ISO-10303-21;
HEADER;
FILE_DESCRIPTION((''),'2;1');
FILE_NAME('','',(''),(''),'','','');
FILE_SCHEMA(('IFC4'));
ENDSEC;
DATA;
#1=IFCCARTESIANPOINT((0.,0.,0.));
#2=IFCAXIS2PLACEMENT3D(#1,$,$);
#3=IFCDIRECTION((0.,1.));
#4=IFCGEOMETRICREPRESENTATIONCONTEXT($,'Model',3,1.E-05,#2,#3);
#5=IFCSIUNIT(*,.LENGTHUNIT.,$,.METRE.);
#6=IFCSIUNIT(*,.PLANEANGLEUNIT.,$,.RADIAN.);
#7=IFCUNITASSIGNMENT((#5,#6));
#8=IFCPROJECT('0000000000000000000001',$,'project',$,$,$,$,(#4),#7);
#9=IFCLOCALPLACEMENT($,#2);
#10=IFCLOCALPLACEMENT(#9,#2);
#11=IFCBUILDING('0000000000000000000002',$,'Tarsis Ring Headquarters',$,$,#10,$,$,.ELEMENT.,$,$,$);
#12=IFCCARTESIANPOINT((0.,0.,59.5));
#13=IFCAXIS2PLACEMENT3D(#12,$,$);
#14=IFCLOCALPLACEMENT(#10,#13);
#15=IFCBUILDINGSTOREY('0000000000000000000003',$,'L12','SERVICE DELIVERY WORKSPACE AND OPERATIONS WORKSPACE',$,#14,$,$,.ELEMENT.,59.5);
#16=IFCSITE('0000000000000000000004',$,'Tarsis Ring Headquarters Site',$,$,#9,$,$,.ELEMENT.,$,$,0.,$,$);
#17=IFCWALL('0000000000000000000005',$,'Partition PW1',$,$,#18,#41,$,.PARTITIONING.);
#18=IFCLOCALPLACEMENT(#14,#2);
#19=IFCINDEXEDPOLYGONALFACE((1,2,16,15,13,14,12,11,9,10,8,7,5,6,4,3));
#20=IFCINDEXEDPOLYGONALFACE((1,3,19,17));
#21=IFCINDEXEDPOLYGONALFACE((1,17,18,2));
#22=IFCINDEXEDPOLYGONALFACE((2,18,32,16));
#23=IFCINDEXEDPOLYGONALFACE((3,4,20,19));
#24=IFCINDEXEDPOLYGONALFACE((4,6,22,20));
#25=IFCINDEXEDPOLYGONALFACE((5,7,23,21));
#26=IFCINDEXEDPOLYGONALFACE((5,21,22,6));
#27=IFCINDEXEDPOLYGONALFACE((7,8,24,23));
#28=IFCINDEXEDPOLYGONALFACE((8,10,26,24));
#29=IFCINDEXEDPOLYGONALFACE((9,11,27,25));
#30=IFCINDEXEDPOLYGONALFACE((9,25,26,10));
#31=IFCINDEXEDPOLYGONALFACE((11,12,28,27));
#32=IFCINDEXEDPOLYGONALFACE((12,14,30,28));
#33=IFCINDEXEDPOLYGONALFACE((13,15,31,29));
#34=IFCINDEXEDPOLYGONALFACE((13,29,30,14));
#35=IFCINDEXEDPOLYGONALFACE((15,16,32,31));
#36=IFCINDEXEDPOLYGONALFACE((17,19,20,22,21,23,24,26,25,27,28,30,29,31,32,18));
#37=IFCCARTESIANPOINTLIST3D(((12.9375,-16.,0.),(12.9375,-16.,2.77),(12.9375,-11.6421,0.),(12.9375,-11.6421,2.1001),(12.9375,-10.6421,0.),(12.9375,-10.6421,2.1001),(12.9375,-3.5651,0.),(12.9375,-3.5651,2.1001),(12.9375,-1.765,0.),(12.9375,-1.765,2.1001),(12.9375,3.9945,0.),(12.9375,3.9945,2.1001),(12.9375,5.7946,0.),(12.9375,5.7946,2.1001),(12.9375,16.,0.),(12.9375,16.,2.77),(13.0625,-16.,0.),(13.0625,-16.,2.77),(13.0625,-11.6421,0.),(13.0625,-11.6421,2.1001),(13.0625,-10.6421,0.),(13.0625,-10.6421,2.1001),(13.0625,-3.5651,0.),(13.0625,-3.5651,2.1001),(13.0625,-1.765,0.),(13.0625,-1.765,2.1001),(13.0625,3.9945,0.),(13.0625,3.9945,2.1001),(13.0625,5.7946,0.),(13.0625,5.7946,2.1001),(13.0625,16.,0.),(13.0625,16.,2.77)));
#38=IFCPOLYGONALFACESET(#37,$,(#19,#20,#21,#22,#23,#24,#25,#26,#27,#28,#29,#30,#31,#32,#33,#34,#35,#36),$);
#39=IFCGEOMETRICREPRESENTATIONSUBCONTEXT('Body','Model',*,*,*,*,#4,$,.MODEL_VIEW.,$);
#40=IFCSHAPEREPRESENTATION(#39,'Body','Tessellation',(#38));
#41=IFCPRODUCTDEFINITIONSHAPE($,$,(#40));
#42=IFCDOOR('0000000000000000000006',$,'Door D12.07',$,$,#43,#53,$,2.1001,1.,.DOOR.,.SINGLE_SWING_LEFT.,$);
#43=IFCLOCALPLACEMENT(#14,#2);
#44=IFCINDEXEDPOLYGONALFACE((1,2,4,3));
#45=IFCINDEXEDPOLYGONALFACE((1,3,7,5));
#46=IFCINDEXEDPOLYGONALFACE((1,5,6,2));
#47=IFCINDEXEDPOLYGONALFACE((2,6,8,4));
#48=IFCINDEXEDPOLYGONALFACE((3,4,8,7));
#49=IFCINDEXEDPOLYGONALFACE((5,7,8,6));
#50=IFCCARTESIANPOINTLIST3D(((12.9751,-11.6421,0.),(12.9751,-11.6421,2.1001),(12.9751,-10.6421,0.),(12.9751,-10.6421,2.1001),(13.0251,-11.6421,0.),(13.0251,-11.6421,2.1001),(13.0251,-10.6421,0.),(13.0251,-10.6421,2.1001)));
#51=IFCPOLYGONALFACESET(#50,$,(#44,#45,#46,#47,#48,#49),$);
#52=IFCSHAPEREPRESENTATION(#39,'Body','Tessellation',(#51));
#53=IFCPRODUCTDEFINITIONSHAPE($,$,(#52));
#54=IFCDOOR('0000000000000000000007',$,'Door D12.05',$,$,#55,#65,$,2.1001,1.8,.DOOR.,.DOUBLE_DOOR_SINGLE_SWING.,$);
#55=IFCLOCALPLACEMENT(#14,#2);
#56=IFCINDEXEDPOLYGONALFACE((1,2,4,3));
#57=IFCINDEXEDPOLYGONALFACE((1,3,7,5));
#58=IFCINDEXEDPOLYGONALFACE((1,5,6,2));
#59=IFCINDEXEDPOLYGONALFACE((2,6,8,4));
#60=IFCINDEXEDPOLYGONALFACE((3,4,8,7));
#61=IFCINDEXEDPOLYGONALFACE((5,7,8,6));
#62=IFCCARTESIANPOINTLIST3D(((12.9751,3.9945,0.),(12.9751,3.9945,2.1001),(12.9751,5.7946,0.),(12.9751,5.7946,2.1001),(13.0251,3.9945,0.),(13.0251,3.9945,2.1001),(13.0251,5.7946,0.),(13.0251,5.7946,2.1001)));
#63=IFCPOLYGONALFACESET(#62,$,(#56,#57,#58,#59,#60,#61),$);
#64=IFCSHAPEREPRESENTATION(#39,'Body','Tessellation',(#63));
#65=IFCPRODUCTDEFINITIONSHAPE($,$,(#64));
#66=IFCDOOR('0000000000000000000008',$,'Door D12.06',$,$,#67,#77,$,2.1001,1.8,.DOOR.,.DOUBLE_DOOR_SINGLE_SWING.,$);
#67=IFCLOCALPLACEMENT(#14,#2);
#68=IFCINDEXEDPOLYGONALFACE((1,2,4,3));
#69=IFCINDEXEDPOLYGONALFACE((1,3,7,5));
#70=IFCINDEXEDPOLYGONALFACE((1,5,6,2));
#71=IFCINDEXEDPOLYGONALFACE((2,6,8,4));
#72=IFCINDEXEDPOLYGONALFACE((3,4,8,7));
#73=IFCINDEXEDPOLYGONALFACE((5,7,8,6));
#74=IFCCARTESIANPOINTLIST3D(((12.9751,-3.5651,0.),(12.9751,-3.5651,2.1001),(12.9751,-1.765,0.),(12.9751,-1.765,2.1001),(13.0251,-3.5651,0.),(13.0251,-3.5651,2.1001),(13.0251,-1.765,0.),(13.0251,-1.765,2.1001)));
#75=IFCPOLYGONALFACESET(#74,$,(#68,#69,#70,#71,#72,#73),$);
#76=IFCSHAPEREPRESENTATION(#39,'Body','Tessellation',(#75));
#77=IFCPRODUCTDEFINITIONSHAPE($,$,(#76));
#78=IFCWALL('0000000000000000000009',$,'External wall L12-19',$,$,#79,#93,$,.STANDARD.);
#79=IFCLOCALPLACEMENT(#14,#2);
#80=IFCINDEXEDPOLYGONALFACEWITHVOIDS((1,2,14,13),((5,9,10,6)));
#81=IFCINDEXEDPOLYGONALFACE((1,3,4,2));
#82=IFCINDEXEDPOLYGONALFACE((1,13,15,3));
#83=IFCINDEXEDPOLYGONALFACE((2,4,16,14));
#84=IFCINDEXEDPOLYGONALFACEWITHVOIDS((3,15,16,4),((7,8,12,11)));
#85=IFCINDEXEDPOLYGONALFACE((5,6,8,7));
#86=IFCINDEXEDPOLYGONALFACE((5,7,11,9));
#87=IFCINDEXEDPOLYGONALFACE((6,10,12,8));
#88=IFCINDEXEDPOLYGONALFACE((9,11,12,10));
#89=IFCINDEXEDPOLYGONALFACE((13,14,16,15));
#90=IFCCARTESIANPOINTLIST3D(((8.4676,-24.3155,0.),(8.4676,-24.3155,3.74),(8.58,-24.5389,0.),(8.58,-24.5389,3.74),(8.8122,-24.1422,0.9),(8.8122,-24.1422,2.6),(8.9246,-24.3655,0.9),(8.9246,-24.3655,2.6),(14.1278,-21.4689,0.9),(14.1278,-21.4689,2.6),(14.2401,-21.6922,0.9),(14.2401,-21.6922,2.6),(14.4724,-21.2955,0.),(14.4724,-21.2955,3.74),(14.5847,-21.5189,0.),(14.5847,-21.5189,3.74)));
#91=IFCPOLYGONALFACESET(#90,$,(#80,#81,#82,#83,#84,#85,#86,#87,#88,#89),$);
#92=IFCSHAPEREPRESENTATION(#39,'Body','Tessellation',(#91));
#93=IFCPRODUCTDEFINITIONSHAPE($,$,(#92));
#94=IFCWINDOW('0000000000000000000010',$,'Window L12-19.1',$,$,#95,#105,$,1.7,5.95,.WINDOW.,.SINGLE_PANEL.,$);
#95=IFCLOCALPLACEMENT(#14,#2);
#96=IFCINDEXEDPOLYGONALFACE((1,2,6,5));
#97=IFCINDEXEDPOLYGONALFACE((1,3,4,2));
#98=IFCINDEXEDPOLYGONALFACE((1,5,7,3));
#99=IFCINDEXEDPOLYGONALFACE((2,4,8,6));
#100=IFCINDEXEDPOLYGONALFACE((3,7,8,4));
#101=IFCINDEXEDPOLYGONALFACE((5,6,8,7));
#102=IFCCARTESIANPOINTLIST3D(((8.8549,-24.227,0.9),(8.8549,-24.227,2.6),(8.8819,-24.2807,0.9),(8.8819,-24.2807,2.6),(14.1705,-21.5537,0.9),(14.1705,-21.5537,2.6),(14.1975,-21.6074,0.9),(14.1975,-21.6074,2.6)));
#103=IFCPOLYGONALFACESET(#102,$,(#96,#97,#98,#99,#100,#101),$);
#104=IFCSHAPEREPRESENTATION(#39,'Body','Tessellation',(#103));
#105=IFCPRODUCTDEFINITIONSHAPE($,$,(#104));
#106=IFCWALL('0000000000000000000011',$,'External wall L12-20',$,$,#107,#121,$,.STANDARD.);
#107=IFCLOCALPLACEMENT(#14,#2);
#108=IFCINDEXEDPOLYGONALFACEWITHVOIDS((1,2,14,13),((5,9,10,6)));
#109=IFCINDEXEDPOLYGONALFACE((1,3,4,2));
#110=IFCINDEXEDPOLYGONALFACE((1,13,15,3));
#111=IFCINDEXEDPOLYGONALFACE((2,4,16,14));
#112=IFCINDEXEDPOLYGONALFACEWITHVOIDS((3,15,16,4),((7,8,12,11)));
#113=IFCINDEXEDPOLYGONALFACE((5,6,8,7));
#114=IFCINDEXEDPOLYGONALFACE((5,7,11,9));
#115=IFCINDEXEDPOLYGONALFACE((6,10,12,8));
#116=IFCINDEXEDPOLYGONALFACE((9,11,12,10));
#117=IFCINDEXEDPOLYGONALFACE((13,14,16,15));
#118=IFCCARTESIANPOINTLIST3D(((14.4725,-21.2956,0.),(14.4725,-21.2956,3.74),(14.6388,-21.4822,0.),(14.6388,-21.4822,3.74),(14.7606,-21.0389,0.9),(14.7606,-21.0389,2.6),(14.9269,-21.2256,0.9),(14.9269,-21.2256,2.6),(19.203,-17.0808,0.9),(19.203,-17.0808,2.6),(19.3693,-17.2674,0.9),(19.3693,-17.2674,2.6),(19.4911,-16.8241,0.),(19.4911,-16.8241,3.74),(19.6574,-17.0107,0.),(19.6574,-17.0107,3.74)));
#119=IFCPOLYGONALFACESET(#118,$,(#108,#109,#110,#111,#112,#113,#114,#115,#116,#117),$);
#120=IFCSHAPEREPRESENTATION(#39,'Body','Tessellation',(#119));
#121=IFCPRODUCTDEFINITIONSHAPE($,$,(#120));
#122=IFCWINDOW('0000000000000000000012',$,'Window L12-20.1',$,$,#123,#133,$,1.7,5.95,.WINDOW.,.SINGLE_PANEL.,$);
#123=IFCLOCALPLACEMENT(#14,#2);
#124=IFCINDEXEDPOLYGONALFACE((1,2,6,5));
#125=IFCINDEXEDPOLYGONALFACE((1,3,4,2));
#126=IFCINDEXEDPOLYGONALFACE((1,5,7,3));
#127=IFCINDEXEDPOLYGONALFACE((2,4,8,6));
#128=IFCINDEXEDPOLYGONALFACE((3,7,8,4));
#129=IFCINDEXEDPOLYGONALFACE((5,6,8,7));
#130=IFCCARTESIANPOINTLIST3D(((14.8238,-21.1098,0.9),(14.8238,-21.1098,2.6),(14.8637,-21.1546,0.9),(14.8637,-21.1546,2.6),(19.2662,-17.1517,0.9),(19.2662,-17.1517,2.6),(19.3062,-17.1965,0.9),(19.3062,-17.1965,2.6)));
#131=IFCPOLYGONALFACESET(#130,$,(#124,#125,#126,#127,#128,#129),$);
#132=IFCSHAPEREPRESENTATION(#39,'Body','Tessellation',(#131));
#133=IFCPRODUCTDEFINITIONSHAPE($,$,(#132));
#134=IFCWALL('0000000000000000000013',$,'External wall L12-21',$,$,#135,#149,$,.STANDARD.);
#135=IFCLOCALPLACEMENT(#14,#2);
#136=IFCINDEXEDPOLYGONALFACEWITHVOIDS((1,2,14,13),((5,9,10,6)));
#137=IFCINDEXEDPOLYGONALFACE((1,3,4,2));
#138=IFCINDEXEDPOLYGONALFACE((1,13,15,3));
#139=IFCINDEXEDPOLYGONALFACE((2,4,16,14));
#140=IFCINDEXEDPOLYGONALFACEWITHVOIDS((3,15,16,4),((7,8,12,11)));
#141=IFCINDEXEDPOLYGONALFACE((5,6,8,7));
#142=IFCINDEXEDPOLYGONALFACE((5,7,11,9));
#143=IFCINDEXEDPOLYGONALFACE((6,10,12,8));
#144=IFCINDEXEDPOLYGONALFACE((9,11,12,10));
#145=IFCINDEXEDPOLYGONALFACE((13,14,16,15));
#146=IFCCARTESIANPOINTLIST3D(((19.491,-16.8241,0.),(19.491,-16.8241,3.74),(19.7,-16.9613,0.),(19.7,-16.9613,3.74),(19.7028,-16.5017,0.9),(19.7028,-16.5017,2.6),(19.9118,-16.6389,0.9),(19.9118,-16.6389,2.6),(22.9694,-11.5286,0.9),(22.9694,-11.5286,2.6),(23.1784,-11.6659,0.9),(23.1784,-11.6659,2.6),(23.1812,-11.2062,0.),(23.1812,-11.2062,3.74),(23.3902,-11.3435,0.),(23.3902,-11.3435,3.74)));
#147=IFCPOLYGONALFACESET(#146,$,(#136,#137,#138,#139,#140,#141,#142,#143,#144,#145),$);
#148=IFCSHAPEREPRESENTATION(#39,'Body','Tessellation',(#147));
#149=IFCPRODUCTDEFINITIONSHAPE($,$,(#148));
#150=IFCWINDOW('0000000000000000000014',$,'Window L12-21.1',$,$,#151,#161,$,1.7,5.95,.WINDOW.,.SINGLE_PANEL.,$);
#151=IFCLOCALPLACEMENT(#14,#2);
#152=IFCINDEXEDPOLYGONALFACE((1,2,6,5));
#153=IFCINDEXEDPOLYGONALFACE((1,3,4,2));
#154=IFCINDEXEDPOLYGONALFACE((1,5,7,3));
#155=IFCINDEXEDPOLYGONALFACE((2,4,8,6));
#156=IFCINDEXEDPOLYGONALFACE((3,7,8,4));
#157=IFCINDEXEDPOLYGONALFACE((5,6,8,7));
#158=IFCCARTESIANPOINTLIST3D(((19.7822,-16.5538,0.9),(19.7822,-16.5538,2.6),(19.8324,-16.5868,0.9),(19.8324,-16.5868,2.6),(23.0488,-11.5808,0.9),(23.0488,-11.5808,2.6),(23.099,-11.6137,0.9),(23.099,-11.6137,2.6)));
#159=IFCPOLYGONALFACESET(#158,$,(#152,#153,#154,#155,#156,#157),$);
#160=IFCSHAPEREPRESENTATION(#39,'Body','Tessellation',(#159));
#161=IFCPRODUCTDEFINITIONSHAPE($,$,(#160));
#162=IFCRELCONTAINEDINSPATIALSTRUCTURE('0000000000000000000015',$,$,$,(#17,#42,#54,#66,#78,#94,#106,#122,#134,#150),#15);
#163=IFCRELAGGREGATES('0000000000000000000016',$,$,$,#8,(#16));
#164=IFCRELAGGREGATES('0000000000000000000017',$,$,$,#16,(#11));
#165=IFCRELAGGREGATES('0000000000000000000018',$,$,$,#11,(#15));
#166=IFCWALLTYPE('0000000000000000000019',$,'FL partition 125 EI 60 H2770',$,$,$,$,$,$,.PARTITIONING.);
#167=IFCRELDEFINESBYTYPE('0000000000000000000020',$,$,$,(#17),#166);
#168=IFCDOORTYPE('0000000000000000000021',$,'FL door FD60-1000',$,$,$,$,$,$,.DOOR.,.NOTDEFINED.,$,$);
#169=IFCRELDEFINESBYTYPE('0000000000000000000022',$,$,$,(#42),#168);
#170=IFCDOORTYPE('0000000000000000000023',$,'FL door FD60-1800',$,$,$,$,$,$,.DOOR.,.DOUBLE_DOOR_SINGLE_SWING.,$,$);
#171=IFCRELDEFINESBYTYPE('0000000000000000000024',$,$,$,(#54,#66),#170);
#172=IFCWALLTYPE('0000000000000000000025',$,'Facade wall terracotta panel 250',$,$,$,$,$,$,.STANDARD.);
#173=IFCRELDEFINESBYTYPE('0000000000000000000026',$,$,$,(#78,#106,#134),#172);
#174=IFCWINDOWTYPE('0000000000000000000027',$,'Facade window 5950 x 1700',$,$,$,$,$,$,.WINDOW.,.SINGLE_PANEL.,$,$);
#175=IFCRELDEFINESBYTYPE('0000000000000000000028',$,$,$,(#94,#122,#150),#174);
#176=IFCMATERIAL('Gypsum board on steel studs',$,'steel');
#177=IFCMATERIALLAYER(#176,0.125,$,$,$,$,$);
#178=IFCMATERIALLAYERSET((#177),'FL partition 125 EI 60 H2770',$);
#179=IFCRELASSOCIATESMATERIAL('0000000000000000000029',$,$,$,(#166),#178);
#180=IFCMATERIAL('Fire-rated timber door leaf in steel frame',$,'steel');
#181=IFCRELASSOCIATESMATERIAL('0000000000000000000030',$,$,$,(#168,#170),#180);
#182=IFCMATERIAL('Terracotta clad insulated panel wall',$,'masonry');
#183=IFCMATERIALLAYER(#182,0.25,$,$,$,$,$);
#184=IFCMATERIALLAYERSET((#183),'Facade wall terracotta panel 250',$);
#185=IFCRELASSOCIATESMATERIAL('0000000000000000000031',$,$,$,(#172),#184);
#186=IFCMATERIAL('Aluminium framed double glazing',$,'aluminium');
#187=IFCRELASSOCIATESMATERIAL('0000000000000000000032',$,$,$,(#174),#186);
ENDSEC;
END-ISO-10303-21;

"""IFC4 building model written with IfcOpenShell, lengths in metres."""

from ifc_helpers import new_model, si_unit, direction, frame, frame_2d, origin, place, context, subcontext, project, spatial, rectangle, extrude, material, layer, layer_set, type_object, element, fill, save


model = new_model("IFC4")

# Units and contexts
model_context = context("Model", 3, precision=1e-05, world=origin(), true_north=direction((0.0, 1.0)))
body_context = subcontext(model_context, "Body", "Model", "MODEL_VIEW")
ifc_project = project(units=[si_unit("LENGTHUNIT", "METRE"), si_unit("PLANEANGLEUNIT", "RADIAN")], contexts=[model_context])

# Site, building, storey
site_placement = place(None, origin())
site = spatial("IfcSite", under=ifc_project, at=site_placement, Name="Tarsis Ring Headquarters Site", CompositionType="ELEMENT", RefElevation=0.0)
building_placement = place(site_placement, origin())
building = spatial("IfcBuilding", under=site, at=building_placement, Name="Tarsis Ring Headquarters", CompositionType="ELEMENT")
storey_placement = place(building_placement, frame((0.0, 0.0, 59.5)))
storey = spatial("IfcBuildingStorey", under=building, at=storey_placement, Name="L12", Description="SERVICE DELIVERY WORKSPACE AND OPERATIONS WORKSPACE", CompositionType="ELEMENT", Elevation=59.5)

# Shared definitions
ifc_material_1 = material(Name="Gypsum board on steel studs", Category="steel")

# Wall, openings, doors
ifc_layer_1 = layer(ifc_material_1, 0.125)
ifc_layer_set_1 = layer_set([ifc_layer_1], Name="FL partition 125 EI 60 H2770")
wall_type_1 = type_object("IfcWallType", Name="FL partition 125 EI 60 H2770", PredefinedType="PARTITIONING", material=ifc_layer_set_1)
wall_1_placement = place(storey_placement, frame((13.0, -16.0, 0.0), z_axis=(0.0, 0.0, 1.0), x_axis=(0.0, 1.0, 0.0)))
wall_1 = element("IfcWall", 1, at=wall_1_placement, inside=storey, type_object=wall_type_1, Name="Partition PW1", PredefinedType="PARTITIONING", context=body_context, shape_type="SweptSolid", body=[
    extrude(rectangle(XDim=32.0, YDim=0.125, at=frame_2d((16.0, 0.0))), origin(), (0.0, 0.0, 1.0), 2.77),
])
opening_1_placement = place(wall_1_placement, frame((19.9946, 0.0, 0.0)))
opening_1 = element("IfcOpeningElement", 2, at=opening_1_placement, cuts=wall_1, PredefinedType="OPENING", context=body_context, shape_type="SweptSolid", body=[
    extrude(rectangle(XDim=1.8, YDim=2.1001, at=frame_2d((0.8999, 1.05))), frame((0.0, 0.0725, 0.0), z_axis=(0.0, -1.0, 0.0), x_axis=(1.0, 0.0, 0.0)), (0.0, 0.0, 1.0), 0.145),
])
opening_2_placement = place(wall_1_placement, frame((12.4351, 0.0, 0.0)))
opening_2 = element("IfcOpeningElement", 3, at=opening_2_placement, cuts=wall_1, PredefinedType="OPENING", context=body_context, shape_type="SweptSolid", body=[
    extrude(rectangle(XDim=1.8, YDim=2.1001, at=frame_2d((0.8999, 1.05))), frame((0.0, 0.0725, 0.0), z_axis=(0.0, -1.0, 0.0), x_axis=(1.0, 0.0, 0.0)), (0.0, 0.0, 1.0), 0.145),
])
opening_3_placement = place(wall_1_placement, frame((4.3579, 0.0, 0.0)))
opening_3 = element("IfcOpeningElement", 4, at=opening_3_placement, cuts=wall_1, PredefinedType="OPENING", context=body_context, shape_type="SweptSolid", body=[
    extrude(rectangle(XDim=1.0, YDim=2.1001, at=frame_2d((0.5, 1.05))), frame((0.0, 0.0725, 0.0), z_axis=(0.0, -1.0, 0.0), x_axis=(1.0, 0.0, 0.0)), (0.0, 0.0, 1.0), 0.145),
])
ifc_material_2 = material(Name="Fire-rated timber door leaf in steel frame", Category="steel")
door_type_1 = type_object("IfcDoorType", Name="FL door FD60-1000", OperationType="NOTDEFINED", PredefinedType="DOOR", material=ifc_material_2)
door_1_placement = place(opening_3_placement, origin())
door_1 = element("IfcDoor", 5, at=door_1_placement, inside=storey, type_object=door_type_1, Name="Door D12.07", OperationType="SINGLE_SWING_LEFT", OverallHeight=2.1001, OverallWidth=1.0, PredefinedType="DOOR", context=body_context, shape_type="SweptSolid", body=[
    extrude(rectangle(XDim=1.0, YDim=2.1001, at=frame_2d((0.5, 1.05))), frame((0.0, 0.0249, 0.0), z_axis=(0.0, -1.0, 0.0), x_axis=(1.0, 0.0, 0.0)), (0.0, 0.0, 1.0), 0.05),
])
fill(opening_3, door_1)
door_type_2 = type_object("IfcDoorType", Name="FL door FD60-1800", OperationType="DOUBLE_DOOR_SINGLE_SWING", PredefinedType="DOOR", material=ifc_material_2)
door_2_placement = place(opening_1_placement, origin())
door_2 = element("IfcDoor", 6, at=door_2_placement, inside=storey, type_object=door_type_2, Name="Door D12.05", OperationType="DOUBLE_DOOR_SINGLE_SWING", OverallHeight=2.1001, OverallWidth=1.8, PredefinedType="DOOR", context=body_context, shape_type="SweptSolid", body=[
    extrude(rectangle(XDim=1.8, YDim=2.1001, at=frame_2d((0.8999, 1.05))), frame((0.0, 0.0249, 0.0), z_axis=(0.0, -1.0, 0.0), x_axis=(1.0, 0.0, 0.0)), (0.0, 0.0, 1.0), 0.05),
])
fill(opening_1, door_2)
door_3_placement = place(opening_2_placement, origin())
door_3 = element("IfcDoor", 7, at=door_3_placement, inside=storey, type_object=door_type_2, Name="Door D12.06", OperationType="DOUBLE_DOOR_SINGLE_SWING", OverallHeight=2.1001, OverallWidth=1.8, PredefinedType="DOOR", context=body_context, shape_type="SweptSolid", body=[
    extrude(rectangle(XDim=1.8, YDim=2.1001, at=frame_2d((0.8999, 1.05))), frame((0.0, 0.0249, 0.0), z_axis=(0.0, -1.0, 0.0), x_axis=(1.0, 0.0, 0.0)), (0.0, 0.0, 1.0), 0.05),
])
fill(opening_2, door_3)

# Walls, openings, windows
ifc_material_3 = material(Name="Terracotta clad insulated panel wall", Category="masonry")
ifc_layer_2 = layer(ifc_material_3, 0.25)
ifc_layer_set_2 = layer_set([ifc_layer_2], Name="Facade wall terracotta panel 250")
wall_type_2 = type_object("IfcWallType", Name="Facade wall terracotta panel 250", PredefinedType="STANDARD", material=ifc_layer_set_2)
wall_2_placement = place(storey_placement, frame((8.5237, -24.4272, 0.0), z_axis=(0.0, 0.0, 1.0), x_axis=(0.893379, 0.449305, 0.0)))
wall_2 = element("IfcWall", 8, at=wall_2_placement, inside=storey, type_object=wall_type_2, Name="External wall L12-19", PredefinedType="STANDARD", context=body_context, shape_type="SweptSolid", body=[
    extrude(rectangle(XDim=6.7214, YDim=0.25, at=frame_2d((3.3608, 0.0))), origin(), (0.0, 0.0, 1.0), 3.74),
])
opening_4_placement = place(wall_2_placement, frame((0.3857, 0.0, 0.8999)))
opening_4 = element("IfcOpeningElement", 9, at=opening_4_placement, cuts=wall_2, PredefinedType="OPENING", context=body_context, shape_type="SweptSolid", body=[
    extrude(rectangle(XDim=5.95, YDim=1.7, at=frame_2d((2.9751, 0.8501))), frame((0.0, 0.135, 0.0), z_axis=(0.0, -1.0, 0.0), x_axis=(1.0, 0.0, 0.0)), (0.0, 0.0, 1.0), 0.27),
])
ifc_material_4 = material(Name="Aluminium framed double glazing", Category="aluminium")
window_type = type_object("IfcWindowType", Name="Facade window 5950 x 1700", PartitioningType="SINGLE_PANEL", PredefinedType="WINDOW", material=ifc_material_4)
window_1_placement = place(opening_4_placement, origin())
window_1 = element("IfcWindow", 10, at=window_1_placement, inside=storey, type_object=window_type, Name="Window L12-19.1", OverallHeight=1.7, OverallWidth=5.95, PartitioningType="SINGLE_PANEL", PredefinedType="WINDOW", context=body_context, shape_type="SweptSolid", body=[
    extrude(rectangle(XDim=5.95, YDim=1.7, at=frame_2d((2.9751, 0.8501))), frame((0.0, 0.03, 0.0), z_axis=(0.0, -1.0, 0.0), x_axis=(1.0, 0.0, 0.0)), (0.0, 0.0, 1.0), 0.0601),
])
fill(opening_4, window_1)
wall_3_placement = place(storey_placement, frame((14.5557, -21.3889, 0.0), z_axis=(0.0, 0.0, 1.0), x_axis=(0.746633, 0.665236, 0.0)))
wall_3 = element("IfcWall", 11, at=wall_3_placement, inside=storey, type_object=wall_type_2, Name="External wall L12-20", PredefinedType="STANDARD", context=body_context, shape_type="SweptSolid", body=[
    extrude(rectangle(XDim=6.7217, YDim=0.25, at=frame_2d((3.3608, 0.0))), origin(), (0.0, 0.0, 1.0), 3.74),
])
opening_5_placement = place(wall_3_placement, frame((0.3857, 0.0, 0.8999)))
opening_5 = element("IfcOpeningElement", 12, at=opening_5_placement, cuts=wall_3, PredefinedType="OPENING", context=body_context, shape_type="SweptSolid", body=[
    extrude(rectangle(XDim=5.95, YDim=1.7, at=frame_2d((2.9751, 0.8501))), frame((0.0, 0.135, 0.0), z_axis=(0.0, -1.0, 0.0), x_axis=(1.0, 0.0, 0.0)), (0.0, 0.0, 1.0), 0.27),
])
window_2_placement = place(opening_5_placement, origin())
window_2 = element("IfcWindow", 13, at=window_2_placement, inside=storey, type_object=window_type, Name="Window L12-20.1", OverallHeight=1.7, OverallWidth=5.95, PartitioningType="SINGLE_PANEL", PredefinedType="WINDOW", context=body_context, shape_type="SweptSolid", body=[
    extrude(rectangle(XDim=5.95, YDim=1.7, at=frame_2d((2.9751, 0.8501))), frame((0.0, 0.03, 0.0), z_axis=(0.0, -1.0, 0.0), x_axis=(1.0, 0.0, 0.0)), (0.0, 0.0, 1.0), 0.0601),
])
fill(opening_5, window_2)
wall_4_placement = place(storey_placement, frame((19.5955, -16.8928, 0.0), z_axis=(0.0, 0.0, 1.0), x_axis=(0.549013, 0.835814, 0.0)))
wall_4 = element("IfcWall", 14, at=wall_4_placement, inside=storey, type_object=wall_type_2, Name="External wall L12-21", PredefinedType="STANDARD", context=body_context, shape_type="SweptSolid", body=[
    extrude(rectangle(XDim=6.7214, YDim=0.25, at=frame_2d((3.3608, 0.0))), origin(), (0.0, 0.0, 1.0), 3.74),
])
opening_6_placement = place(wall_4_placement, frame((0.3857, 0.0, 0.8999)))
opening_6 = element("IfcOpeningElement", 15, at=opening_6_placement, cuts=wall_4, PredefinedType="OPENING", context=body_context, shape_type="SweptSolid", body=[
    extrude(rectangle(XDim=5.95, YDim=1.7, at=frame_2d((2.9751, 0.8501))), frame((0.0, 0.135, 0.0), z_axis=(0.0, -1.0, 0.0), x_axis=(1.0, 0.0, 0.0)), (0.0, 0.0, 1.0), 0.27),
])
window_3_placement = place(opening_6_placement, origin())
window_3 = element("IfcWindow", 16, at=window_3_placement, inside=storey, type_object=window_type, Name="Window L12-21.1", OverallHeight=1.7, OverallWidth=5.95, PartitioningType="SINGLE_PANEL", PredefinedType="WINDOW", context=body_context, shape_type="SweptSolid", body=[
    extrude(rectangle(XDim=5.95, YDim=1.7, at=frame_2d((2.9751, 0.8501))), frame((0.0, 0.03, 0.0), z_axis=(0.0, -1.0, 0.0), x_axis=(1.0, 0.0, 0.0)), (0.0, 0.0, 1.0), 0.0601),
])
fill(opening_6, window_3)

save(model, "model.ifc")
